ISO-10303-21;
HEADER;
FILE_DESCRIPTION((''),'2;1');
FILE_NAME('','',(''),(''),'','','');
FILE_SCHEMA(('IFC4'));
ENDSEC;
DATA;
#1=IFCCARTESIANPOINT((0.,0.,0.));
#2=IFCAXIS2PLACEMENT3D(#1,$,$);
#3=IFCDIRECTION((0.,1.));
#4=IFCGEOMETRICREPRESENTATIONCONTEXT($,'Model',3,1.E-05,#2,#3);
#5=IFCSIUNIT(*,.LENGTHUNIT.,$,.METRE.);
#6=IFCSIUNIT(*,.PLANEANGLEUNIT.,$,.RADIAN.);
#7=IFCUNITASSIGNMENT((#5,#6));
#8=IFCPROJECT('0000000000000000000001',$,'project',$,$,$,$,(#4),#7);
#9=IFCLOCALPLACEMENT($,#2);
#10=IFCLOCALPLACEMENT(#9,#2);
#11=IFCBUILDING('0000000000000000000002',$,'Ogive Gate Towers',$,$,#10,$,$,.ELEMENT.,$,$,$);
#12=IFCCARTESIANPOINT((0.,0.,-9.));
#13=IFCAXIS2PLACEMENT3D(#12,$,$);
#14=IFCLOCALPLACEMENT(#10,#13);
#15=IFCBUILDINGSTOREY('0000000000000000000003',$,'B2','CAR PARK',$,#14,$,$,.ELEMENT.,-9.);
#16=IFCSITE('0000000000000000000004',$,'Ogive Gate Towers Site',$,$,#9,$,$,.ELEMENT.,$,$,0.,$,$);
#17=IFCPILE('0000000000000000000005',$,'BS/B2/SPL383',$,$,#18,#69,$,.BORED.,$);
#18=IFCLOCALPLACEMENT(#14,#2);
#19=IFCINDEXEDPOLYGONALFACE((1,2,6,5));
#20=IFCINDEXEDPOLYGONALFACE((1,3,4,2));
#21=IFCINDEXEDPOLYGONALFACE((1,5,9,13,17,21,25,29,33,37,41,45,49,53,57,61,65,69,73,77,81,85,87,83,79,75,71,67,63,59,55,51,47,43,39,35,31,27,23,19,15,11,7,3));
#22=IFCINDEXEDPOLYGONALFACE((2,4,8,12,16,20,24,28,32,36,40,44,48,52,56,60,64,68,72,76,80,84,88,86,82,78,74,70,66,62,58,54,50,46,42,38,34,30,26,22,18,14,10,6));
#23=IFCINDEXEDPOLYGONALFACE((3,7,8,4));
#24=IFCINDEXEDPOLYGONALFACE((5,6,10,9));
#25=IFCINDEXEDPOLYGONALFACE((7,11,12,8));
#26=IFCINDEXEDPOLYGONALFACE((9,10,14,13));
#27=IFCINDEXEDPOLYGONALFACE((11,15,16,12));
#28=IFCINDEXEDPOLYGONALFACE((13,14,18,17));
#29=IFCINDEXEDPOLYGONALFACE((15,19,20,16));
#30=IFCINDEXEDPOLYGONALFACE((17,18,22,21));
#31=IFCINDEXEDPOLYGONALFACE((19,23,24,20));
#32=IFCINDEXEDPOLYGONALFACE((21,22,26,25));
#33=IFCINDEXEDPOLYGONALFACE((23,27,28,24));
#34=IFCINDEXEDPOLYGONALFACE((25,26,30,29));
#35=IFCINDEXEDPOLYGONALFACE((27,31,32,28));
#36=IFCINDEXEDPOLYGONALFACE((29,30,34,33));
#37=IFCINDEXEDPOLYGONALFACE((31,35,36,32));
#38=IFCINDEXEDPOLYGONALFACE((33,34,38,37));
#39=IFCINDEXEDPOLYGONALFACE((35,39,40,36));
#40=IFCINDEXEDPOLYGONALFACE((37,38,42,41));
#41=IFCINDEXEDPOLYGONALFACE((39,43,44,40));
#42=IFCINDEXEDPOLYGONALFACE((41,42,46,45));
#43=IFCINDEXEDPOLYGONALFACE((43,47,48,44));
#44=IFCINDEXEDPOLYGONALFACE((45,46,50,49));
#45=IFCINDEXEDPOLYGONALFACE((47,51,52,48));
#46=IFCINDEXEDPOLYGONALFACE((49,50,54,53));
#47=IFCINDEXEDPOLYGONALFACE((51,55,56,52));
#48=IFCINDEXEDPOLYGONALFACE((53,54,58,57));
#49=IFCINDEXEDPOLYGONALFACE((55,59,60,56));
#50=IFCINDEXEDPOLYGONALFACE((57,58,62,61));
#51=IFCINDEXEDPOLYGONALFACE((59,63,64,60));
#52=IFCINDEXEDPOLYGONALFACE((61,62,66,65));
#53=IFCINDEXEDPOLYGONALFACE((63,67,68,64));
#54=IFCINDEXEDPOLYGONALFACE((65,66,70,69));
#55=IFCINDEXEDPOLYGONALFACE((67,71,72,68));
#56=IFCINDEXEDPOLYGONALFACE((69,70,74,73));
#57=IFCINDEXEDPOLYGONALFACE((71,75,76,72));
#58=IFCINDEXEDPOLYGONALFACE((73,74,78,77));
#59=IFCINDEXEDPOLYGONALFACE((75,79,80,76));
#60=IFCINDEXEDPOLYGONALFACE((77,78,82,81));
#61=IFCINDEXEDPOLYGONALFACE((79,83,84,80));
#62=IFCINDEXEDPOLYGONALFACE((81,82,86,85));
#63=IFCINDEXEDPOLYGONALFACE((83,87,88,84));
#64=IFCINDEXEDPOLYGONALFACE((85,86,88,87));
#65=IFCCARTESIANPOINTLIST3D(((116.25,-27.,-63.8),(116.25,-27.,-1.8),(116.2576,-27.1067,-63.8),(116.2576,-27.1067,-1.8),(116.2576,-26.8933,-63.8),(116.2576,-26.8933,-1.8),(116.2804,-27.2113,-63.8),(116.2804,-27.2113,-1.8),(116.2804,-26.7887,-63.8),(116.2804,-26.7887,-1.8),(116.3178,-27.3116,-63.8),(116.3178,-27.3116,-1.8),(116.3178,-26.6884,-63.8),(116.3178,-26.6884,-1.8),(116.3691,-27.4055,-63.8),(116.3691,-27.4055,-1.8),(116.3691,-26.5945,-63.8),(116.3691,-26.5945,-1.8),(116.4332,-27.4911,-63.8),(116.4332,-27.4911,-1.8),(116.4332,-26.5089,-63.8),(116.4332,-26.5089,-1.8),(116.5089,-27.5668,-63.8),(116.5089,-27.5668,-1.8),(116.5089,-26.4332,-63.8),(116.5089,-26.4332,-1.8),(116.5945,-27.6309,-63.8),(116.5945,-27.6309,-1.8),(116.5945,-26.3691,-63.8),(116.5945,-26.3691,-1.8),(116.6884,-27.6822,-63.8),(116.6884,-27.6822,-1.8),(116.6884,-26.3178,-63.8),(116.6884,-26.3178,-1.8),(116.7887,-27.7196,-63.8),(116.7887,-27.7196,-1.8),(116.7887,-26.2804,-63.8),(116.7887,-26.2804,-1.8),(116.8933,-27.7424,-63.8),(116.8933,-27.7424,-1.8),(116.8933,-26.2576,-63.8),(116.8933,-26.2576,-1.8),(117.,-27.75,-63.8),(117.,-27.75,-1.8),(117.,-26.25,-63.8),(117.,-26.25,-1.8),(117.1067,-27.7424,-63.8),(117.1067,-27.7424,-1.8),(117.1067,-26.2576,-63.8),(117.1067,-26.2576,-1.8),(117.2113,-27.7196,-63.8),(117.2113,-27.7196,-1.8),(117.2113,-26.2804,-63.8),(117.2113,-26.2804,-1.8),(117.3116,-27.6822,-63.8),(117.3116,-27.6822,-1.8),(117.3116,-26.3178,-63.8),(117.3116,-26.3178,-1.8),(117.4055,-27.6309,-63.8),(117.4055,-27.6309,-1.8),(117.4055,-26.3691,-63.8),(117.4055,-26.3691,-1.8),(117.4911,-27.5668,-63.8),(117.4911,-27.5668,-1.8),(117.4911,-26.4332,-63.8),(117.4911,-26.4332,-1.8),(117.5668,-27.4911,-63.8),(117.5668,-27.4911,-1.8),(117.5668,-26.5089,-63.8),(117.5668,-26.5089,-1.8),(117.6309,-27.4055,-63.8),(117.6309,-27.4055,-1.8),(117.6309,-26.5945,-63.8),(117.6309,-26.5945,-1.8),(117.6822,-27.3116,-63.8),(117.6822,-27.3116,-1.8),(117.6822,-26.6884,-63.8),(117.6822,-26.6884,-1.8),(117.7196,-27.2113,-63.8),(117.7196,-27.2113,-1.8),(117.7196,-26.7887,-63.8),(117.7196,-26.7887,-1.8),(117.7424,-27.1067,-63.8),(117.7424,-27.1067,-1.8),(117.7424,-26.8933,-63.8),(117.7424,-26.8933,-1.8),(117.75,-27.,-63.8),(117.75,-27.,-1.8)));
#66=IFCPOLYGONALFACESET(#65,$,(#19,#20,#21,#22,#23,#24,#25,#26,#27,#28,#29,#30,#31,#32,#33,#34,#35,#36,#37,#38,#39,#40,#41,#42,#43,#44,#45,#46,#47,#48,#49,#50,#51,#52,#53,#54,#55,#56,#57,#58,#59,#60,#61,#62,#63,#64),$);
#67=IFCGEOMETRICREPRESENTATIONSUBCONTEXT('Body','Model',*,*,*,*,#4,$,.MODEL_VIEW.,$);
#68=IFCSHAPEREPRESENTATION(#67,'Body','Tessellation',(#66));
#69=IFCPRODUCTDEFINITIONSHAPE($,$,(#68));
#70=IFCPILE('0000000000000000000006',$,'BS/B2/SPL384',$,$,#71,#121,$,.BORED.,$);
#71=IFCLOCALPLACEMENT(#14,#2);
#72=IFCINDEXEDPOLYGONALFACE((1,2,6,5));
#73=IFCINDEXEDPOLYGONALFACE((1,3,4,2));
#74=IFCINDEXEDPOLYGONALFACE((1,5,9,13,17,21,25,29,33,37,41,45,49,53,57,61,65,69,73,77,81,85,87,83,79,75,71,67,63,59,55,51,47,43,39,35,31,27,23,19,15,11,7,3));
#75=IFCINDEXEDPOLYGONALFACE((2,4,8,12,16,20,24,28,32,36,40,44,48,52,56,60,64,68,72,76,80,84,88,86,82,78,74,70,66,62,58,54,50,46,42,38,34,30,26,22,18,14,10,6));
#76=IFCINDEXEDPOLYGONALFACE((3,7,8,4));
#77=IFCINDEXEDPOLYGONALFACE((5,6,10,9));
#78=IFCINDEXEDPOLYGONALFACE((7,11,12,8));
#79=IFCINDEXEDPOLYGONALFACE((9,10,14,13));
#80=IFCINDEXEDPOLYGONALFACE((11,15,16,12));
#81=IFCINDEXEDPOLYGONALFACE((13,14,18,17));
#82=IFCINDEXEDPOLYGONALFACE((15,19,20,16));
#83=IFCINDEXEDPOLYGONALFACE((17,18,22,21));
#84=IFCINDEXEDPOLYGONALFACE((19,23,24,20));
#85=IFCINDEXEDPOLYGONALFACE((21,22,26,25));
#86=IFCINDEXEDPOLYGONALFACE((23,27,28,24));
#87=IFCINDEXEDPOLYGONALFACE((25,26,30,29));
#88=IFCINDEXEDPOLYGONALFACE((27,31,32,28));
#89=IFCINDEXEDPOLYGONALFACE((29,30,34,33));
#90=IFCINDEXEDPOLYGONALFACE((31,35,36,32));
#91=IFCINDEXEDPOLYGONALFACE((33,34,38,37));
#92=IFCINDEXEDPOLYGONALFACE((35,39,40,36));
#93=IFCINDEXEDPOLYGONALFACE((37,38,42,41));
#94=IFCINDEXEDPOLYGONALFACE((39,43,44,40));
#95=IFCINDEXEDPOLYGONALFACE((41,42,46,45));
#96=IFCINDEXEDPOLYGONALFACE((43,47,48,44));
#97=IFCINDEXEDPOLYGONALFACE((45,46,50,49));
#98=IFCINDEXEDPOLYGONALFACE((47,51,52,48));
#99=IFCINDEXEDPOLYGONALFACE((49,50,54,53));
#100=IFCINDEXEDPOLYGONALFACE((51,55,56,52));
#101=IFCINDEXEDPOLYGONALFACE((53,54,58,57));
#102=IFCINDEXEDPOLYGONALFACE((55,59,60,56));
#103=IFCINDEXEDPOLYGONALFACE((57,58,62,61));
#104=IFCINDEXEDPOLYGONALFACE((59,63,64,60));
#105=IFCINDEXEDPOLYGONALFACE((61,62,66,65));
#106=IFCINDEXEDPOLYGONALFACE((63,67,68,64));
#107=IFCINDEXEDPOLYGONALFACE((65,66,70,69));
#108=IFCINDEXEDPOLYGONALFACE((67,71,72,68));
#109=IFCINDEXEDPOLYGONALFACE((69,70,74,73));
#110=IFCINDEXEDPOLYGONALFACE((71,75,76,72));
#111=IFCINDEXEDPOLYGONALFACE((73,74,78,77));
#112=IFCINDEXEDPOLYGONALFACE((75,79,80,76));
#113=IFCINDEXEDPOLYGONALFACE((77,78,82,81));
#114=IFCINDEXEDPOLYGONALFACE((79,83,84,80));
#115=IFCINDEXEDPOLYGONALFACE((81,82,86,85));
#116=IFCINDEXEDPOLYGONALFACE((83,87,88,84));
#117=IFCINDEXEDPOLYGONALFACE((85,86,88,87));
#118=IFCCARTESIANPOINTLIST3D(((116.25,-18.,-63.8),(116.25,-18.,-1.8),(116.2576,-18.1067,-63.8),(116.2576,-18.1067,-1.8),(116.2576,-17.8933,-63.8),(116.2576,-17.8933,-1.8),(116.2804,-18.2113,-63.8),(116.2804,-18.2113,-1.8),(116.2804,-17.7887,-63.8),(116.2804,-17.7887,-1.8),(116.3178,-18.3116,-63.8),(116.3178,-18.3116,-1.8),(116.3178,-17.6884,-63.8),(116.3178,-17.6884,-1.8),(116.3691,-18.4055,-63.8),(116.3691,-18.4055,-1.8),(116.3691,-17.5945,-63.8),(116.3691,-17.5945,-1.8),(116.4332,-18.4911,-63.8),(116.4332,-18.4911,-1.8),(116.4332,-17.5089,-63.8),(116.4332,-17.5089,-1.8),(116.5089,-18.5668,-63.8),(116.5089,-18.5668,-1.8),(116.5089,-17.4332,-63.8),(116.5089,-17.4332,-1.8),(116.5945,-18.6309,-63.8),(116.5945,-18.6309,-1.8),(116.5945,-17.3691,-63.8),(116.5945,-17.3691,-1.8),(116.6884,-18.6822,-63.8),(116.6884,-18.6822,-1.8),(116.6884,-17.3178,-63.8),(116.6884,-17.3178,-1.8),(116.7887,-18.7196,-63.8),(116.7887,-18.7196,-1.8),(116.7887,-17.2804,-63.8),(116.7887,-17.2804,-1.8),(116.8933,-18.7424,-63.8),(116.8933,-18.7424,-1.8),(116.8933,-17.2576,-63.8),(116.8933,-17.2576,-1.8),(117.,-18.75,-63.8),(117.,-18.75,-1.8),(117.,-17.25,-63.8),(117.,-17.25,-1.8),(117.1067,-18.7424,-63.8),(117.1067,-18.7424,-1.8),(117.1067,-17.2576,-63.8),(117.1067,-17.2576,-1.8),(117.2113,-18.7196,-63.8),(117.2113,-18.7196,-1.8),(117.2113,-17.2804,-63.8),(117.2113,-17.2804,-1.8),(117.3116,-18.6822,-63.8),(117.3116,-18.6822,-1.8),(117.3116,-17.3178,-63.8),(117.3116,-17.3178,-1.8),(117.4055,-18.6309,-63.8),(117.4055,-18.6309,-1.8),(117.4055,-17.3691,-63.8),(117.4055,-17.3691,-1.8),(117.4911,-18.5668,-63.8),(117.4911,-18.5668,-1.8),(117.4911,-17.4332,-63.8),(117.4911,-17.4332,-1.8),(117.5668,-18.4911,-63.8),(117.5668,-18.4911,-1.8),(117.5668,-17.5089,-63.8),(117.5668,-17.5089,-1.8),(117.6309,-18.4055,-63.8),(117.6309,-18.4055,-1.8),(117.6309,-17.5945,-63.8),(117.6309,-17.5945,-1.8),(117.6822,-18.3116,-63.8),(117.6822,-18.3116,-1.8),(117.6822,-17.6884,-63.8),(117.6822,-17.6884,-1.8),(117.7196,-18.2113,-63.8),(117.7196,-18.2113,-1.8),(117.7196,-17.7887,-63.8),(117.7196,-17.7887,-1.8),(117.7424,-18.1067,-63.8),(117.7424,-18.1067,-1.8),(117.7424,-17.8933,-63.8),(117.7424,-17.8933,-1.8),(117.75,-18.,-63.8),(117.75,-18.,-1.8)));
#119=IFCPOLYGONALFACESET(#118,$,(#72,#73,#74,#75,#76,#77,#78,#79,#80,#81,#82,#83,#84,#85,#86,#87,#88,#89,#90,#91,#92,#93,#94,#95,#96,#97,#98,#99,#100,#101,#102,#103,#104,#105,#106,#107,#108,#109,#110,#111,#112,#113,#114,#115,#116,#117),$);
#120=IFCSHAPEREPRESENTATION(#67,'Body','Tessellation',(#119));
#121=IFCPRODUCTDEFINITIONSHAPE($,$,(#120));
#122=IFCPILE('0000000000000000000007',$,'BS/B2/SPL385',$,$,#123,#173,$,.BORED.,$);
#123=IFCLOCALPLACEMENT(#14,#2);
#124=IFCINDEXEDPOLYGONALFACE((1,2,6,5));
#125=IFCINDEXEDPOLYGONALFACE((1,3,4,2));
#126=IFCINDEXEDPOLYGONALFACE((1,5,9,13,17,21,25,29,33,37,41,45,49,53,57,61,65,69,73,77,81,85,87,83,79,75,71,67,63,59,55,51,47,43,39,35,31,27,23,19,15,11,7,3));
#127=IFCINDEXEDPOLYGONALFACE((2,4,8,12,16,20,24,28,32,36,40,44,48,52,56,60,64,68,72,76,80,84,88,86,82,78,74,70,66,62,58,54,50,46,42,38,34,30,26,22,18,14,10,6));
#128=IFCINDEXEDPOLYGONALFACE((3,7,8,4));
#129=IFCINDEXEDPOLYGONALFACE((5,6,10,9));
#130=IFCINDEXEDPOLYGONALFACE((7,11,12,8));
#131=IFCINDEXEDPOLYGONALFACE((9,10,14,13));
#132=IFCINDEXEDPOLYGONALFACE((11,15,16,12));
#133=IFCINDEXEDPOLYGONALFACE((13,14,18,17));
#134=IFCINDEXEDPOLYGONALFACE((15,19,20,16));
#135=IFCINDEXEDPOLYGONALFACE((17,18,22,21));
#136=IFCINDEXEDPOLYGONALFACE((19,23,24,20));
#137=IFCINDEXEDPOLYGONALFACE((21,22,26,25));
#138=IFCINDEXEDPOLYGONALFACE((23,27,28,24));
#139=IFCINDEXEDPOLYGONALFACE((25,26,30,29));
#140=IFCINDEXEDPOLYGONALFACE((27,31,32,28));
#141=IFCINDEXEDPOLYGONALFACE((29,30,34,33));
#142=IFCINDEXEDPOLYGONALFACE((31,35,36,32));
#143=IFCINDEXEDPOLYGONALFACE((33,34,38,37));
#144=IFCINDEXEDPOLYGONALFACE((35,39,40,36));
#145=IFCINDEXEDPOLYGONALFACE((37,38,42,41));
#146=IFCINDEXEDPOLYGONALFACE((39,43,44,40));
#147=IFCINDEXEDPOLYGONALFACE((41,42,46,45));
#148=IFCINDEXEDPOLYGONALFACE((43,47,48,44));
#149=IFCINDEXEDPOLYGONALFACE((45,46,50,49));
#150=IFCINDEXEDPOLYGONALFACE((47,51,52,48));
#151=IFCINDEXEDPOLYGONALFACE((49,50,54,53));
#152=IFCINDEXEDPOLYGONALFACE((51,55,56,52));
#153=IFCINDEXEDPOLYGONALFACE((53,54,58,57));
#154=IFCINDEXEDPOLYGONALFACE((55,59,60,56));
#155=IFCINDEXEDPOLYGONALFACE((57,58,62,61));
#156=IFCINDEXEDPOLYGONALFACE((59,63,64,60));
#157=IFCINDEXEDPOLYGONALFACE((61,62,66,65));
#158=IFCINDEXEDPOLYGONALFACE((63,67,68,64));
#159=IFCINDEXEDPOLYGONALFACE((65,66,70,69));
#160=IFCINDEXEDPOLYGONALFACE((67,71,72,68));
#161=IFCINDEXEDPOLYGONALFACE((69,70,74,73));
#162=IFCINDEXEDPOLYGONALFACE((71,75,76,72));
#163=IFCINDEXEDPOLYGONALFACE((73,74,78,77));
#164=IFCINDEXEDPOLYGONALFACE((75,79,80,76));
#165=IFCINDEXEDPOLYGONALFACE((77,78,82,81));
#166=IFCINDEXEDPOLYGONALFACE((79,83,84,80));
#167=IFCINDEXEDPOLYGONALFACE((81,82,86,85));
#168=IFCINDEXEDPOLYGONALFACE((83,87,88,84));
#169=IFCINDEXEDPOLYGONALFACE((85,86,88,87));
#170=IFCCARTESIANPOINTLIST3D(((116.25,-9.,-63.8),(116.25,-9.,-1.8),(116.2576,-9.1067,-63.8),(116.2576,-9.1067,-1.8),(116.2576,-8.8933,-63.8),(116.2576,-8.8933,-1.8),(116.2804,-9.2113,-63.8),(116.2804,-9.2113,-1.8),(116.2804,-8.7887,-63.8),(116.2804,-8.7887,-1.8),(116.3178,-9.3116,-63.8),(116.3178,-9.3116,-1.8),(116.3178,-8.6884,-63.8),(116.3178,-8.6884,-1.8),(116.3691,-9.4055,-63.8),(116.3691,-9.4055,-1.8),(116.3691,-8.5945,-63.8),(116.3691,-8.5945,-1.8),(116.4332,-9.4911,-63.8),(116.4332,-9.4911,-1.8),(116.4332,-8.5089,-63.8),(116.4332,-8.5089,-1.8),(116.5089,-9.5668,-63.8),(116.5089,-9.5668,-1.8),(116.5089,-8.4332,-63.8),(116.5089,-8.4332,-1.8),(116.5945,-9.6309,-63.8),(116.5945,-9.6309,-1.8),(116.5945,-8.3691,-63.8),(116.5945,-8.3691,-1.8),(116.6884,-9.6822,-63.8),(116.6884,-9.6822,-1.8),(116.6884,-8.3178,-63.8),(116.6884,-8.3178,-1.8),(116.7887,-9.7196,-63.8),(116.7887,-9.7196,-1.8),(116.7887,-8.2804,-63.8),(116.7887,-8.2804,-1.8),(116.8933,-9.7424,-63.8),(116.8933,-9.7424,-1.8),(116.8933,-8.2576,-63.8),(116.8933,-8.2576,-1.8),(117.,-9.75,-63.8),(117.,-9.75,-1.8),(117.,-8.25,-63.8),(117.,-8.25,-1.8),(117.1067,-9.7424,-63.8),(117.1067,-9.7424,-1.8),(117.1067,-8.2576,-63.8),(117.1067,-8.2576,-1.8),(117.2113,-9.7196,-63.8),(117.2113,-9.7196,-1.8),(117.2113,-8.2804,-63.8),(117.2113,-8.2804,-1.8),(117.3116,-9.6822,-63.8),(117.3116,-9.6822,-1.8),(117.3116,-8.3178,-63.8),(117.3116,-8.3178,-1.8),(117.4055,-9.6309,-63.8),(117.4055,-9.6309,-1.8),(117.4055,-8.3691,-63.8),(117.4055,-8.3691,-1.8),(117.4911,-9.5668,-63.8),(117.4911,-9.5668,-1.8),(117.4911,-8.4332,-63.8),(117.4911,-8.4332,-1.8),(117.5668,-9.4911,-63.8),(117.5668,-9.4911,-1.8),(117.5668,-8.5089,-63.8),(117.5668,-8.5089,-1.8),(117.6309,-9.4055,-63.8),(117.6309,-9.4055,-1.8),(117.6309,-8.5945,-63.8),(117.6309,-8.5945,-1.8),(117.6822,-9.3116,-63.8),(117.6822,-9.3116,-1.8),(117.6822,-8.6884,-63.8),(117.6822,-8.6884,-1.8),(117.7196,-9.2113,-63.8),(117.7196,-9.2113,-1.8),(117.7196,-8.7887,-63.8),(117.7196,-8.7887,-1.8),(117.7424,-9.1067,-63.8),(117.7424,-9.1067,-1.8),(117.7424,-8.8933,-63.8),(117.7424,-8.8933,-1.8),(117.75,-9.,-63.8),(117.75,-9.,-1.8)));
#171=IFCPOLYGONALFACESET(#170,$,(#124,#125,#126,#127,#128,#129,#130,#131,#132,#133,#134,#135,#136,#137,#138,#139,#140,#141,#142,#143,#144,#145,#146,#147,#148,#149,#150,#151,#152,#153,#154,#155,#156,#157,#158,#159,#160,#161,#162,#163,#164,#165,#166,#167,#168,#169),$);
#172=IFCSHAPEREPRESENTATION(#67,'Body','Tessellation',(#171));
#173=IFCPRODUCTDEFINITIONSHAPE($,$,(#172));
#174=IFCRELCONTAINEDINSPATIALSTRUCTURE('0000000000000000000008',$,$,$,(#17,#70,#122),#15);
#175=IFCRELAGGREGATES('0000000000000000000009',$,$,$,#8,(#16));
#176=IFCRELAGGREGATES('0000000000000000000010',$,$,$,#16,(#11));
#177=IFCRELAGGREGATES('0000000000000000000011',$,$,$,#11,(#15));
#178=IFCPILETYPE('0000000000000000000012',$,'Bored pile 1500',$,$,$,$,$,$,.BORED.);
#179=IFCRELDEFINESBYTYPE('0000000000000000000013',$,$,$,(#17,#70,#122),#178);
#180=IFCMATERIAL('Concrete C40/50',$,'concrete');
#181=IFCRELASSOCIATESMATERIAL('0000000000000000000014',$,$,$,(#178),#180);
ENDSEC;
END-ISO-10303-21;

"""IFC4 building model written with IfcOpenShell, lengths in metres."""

from ifc_helpers import new_model, si_unit, direction, frame, origin, origin_2d, place, context, subcontext, project, spatial, circle, extrude, material, material_profile, profile_set, type_object, element, save


model = new_model("IFC4")

# Units and contexts
model_context = context("Model", 3, precision=1e-05, world=origin(), true_north=direction((0.0, 1.0)))
body_context = subcontext(model_context, "Body", "Model", "MODEL_VIEW")
ifc_project = project(units=[si_unit("LENGTHUNIT", "METRE"), si_unit("PLANEANGLEUNIT", "RADIAN")], contexts=[model_context])

# Site, building, storey
site_placement = place(None, origin())
site = spatial("IfcSite", under=ifc_project, at=site_placement, Name="Ogive Gate Towers Site", CompositionType="ELEMENT", RefElevation=0.0)
building_placement = place(site_placement, origin())
building = spatial("IfcBuilding", under=site, at=building_placement, Name="Ogive Gate Towers", CompositionType="ELEMENT")
storey_placement = place(building_placement, frame((0.0, 0.0, -9.0)))
storey = spatial("IfcBuildingStorey", under=building, at=storey_placement, Name="B2", Description="CAR PARK", CompositionType="ELEMENT", Elevation=-9.0)

# Piles
ifc_material_1 = material(Name="Concrete C40/50", Category="concrete")
ifc_material_profile_1 = material_profile(ifc_material_1, circle(Radius=0.75, at=origin_2d()), Name="BP 1500")
ifc_profile_set_1 = profile_set([ifc_material_profile_1], Name="Concrete C40/50")
pile_type = type_object("IfcPileType", Name="Bored pile 1500", PredefinedType="BORED", material=ifc_profile_set_1)
for number, where, z_axis, x_axis, name in (
    (1, (117.0, -27.0, -1.8), (0.0, 0.0, -1.0), (1.0, 0.0, 0.0), "BS/B2/SPL383"),
    (2, (117.0, -18.0, -1.8), (0.0, 0.0, -1.0), (1.0, 0.0, 0.0), "BS/B2/SPL384"),
    (3, (117.0, -9.0, -1.8), (0.0, 0.0, -1.0), (1.0, 0.0, 0.0), "BS/B2/SPL385"),
):
    element("IfcPile", number, at=place(storey_placement, frame(where, z_axis=z_axis, x_axis=x_axis)), inside=storey, type_object=pile_type, Name=name, PredefinedType="BORED", context=body_context, shape_type="SweptSolid", body=[
        extrude(circle(Radius=0.75, at=origin_2d()), origin(), (0.0, 0.0, 1.0), 62.0),
    ])

save(model, "model.ifc")
